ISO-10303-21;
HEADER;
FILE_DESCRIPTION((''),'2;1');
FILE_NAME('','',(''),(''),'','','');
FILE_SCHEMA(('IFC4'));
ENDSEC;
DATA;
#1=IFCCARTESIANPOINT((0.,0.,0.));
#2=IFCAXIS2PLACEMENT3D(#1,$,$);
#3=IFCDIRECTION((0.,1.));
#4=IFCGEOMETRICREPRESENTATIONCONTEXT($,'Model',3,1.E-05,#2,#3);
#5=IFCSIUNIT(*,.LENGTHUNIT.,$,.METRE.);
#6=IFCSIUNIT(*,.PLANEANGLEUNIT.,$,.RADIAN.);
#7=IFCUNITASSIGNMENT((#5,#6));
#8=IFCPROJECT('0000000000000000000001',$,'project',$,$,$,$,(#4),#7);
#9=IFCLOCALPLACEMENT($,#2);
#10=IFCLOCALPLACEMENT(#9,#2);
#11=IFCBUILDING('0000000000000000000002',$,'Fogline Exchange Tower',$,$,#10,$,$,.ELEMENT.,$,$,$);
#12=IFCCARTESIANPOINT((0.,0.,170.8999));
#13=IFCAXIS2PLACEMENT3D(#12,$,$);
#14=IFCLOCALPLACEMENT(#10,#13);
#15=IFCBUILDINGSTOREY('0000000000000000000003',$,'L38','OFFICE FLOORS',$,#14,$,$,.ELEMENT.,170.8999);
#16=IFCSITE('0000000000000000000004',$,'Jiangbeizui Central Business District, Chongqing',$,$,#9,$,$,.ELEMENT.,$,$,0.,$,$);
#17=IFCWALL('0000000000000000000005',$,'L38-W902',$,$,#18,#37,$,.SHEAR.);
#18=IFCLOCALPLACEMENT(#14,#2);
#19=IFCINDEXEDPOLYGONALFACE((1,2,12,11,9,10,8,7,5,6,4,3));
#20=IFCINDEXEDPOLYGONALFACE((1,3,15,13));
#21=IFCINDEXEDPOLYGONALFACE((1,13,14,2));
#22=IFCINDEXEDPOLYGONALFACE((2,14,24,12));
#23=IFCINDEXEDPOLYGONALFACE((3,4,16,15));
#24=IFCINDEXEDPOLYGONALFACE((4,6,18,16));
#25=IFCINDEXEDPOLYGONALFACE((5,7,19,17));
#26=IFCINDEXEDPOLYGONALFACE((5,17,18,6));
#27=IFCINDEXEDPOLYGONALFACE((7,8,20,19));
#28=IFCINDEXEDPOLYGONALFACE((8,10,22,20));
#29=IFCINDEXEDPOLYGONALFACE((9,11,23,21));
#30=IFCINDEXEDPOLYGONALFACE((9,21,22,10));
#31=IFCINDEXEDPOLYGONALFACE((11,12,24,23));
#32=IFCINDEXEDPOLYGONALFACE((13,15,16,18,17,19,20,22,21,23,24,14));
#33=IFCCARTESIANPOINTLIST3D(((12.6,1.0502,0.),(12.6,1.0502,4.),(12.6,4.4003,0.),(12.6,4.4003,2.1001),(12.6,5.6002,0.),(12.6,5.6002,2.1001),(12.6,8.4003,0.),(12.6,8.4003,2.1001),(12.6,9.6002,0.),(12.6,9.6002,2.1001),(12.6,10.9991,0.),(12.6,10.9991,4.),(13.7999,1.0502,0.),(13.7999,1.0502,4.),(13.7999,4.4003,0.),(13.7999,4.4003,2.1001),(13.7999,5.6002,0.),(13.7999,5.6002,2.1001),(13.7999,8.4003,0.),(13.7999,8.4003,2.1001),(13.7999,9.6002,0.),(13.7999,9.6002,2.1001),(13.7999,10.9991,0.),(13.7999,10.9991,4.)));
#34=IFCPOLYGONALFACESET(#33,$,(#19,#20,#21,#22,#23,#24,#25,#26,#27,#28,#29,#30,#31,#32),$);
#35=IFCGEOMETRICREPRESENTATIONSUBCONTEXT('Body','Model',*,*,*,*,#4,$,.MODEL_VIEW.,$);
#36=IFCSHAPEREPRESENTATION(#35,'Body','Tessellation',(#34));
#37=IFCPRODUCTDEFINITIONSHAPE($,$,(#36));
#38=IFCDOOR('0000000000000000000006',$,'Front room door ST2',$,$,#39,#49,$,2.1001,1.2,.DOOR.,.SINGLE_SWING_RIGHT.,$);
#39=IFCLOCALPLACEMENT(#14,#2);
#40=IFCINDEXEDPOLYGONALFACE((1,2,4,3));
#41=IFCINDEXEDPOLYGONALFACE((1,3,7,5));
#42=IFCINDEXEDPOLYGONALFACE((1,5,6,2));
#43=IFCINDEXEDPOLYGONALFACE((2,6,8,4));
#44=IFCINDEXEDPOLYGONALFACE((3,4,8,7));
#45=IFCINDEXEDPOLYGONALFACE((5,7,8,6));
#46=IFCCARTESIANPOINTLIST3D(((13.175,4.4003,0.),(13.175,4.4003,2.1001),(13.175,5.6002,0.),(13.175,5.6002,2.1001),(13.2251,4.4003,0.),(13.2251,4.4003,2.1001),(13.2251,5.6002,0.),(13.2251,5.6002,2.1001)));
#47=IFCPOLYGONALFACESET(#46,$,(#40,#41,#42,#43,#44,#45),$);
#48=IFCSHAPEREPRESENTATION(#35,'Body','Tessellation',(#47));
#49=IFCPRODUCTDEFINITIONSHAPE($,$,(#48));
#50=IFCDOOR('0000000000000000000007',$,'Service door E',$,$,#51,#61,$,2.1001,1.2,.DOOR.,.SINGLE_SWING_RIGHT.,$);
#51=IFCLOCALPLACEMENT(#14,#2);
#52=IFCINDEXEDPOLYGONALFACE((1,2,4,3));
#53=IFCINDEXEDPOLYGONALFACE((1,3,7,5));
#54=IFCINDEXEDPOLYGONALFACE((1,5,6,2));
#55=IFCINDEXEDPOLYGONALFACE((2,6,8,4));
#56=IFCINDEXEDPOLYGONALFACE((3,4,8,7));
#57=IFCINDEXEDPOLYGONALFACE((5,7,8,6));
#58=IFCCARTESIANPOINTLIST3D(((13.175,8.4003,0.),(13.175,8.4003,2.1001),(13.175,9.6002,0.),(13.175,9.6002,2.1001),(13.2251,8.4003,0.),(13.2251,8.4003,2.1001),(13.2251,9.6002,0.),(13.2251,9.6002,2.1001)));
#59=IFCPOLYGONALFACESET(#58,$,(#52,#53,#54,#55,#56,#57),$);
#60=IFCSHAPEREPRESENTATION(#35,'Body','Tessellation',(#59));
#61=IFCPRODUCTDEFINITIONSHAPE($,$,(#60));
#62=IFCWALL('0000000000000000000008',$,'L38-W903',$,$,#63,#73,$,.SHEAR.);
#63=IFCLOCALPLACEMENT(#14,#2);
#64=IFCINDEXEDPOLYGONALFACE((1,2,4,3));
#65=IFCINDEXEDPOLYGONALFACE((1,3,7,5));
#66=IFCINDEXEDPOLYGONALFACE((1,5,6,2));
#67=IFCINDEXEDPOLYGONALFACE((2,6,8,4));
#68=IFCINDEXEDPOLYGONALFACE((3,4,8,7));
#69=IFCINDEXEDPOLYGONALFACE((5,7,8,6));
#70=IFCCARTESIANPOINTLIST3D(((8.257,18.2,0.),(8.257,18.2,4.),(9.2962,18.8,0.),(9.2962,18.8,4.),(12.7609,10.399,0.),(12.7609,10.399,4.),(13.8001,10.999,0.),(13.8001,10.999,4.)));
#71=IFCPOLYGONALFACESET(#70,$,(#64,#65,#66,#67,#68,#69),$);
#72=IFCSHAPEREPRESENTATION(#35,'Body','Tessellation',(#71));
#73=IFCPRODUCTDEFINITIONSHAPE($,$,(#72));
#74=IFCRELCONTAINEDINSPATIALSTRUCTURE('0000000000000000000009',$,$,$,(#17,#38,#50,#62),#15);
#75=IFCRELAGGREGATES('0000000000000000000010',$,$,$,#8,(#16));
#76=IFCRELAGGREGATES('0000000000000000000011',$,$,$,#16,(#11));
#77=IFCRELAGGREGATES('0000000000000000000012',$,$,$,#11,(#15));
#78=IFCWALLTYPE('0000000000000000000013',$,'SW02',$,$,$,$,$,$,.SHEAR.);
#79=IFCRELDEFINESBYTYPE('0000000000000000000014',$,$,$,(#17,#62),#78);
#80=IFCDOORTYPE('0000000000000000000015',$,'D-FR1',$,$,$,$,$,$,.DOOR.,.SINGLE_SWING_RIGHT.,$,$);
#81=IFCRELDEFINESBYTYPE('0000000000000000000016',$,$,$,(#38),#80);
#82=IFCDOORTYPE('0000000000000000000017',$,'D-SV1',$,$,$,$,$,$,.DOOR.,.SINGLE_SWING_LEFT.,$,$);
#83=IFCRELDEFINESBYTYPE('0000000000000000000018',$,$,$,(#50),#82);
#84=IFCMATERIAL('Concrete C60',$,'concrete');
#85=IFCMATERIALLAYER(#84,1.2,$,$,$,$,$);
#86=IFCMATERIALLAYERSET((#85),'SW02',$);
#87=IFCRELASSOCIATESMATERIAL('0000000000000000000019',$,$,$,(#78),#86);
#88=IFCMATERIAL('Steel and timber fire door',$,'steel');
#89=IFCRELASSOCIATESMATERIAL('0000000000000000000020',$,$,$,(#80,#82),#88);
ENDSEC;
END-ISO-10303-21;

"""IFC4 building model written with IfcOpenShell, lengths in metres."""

from ifc_helpers import new_model, si_unit, direction, frame, frame_2d, origin, place, context, subcontext, project, spatial, rectangle, extrude, material, layer, layer_set, type_object, element, fill, save


model = new_model("IFC4")

# Units and contexts
model_context = context("Model", 3, precision=1e-05, world=origin(), true_north=direction((0.0, 1.0)))
body_context = subcontext(model_context, "Body", "Model", "MODEL_VIEW")
ifc_project = project(units=[si_unit("LENGTHUNIT", "METRE"), si_unit("PLANEANGLEUNIT", "RADIAN")], contexts=[model_context])

# Site, building, storey
site_placement = place(None, origin())
site = spatial("IfcSite", under=ifc_project, at=site_placement, Name="Jiangbeizui Central Business District, Chongqing", CompositionType="ELEMENT", RefElevation=0.0)
building_placement = place(site_placement, origin())
building = spatial("IfcBuilding", under=site, at=building_placement, Name="Fogline Exchange Tower", CompositionType="ELEMENT")
storey_placement = place(building_placement, frame((0.0, 0.0, 170.8999)))
storey = spatial("IfcBuildingStorey", under=building, at=storey_placement, Name="L38", Description="OFFICE FLOORS", CompositionType="ELEMENT", Elevation=170.8999)

# Shared definitions
ifc_material_1 = material(Name="Steel and timber fire door", Category="steel")

# Wall, openings, doors
ifc_material_2 = material(Name="Concrete C60", Category="concrete")
ifc_layer_1 = layer(ifc_material_2, 1.2)
ifc_layer_set_1 = layer_set([ifc_layer_1], Name="SW02")
wall_type_1 = type_object("IfcWallType", Name="SW02", PredefinedType="SHEAR", material=ifc_layer_set_1)
wall_1_placement = place(storey_placement, frame((13.2, 1.05, 0.0), z_axis=(0.0, 0.0, 1.0), x_axis=(0.0, 1.0, 0.0)))
wall_1 = element("IfcWall", 1, at=wall_1_placement, inside=storey, type_object=wall_type_1, Name="L38-W902", PredefinedType="SHEAR", context=body_context, shape_type="SweptSolid", body=[
    extrude(rectangle(XDim=9.949, YDim=1.2, at=frame_2d((4.9746, 0.0))), origin(), (0.0, 0.0, 1.0), 4.0),
])
opening_1_placement = place(wall_1_placement, frame((3.3501, 0.0, 0.0)))
opening_1 = element("IfcOpeningElement", 2, at=opening_1_placement, cuts=wall_1, PredefinedType="OPENING", context=body_context, shape_type="SweptSolid", body=[
    extrude(rectangle(XDim=1.2, YDim=2.1001, at=frame_2d((0.6001, 1.05))), frame((0.0, 0.6099, 0.0), z_axis=(0.0, -1.0, 0.0), x_axis=(1.0, 0.0, 0.0)), (0.0, 0.0, 1.0), 1.22),
])
opening_2_placement = place(wall_1_placement, frame((7.3501, 0.0, 0.0)))
opening_2 = element("IfcOpeningElement", 3, at=opening_2_placement, cuts=wall_1, PredefinedType="OPENING", context=body_context, shape_type="SweptSolid", body=[
    extrude(rectangle(XDim=1.2, YDim=2.1001, at=frame_2d((0.6001, 1.05))), frame((0.0, 0.6099, 0.0), z_axis=(0.0, -1.0, 0.0), x_axis=(1.0, 0.0, 0.0)), (0.0, 0.0, 1.0), 1.22),
])
door_type_1 = type_object("IfcDoorType", Name="D-FR1", OperationType="SINGLE_SWING_RIGHT", PredefinedType="DOOR", material=ifc_material_1)
door_1_placement = place(opening_1_placement, origin())
door_1 = element("IfcDoor", 4, at=door_1_placement, inside=storey, type_object=door_type_1, Name="Front room door ST2", OperationType="SINGLE_SWING_RIGHT", OverallHeight=2.1001, OverallWidth=1.2, PredefinedType="DOOR", context=body_context, shape_type="SweptSolid", body=[
    extrude(rectangle(XDim=1.2, YDim=2.1001, at=frame_2d((0.6001, 1.05))), frame((0.0, 0.0249, 0.0), z_axis=(0.0, -1.0, 0.0), x_axis=(1.0, 0.0, 0.0)), (0.0, 0.0, 1.0), 0.05),
])
fill(opening_1, door_1)
door_type_2 = type_object("IfcDoorType", Name="D-SV1", OperationType="SINGLE_SWING_LEFT", PredefinedType="DOOR", material=ifc_material_1)
door_2_placement = place(opening_2_placement, origin())
door_2 = element("IfcDoor", 5, at=door_2_placement, inside=storey, type_object=door_type_2, Name="Service door E", OperationType="SINGLE_SWING_RIGHT", OverallHeight=2.1001, OverallWidth=1.2, PredefinedType="DOOR", context=body_context, shape_type="SweptSolid", body=[
    extrude(rectangle(XDim=1.2, YDim=2.1001, at=frame_2d((0.6001, 1.05))), frame((0.0, 0.0249, 0.0), z_axis=(0.0, -1.0, 0.0), x_axis=(1.0, 0.0, 0.0)), (0.0, 0.0, 1.0), 0.05),
])
fill(opening_2, door_2)

# Wall
wall_2_placement = place(storey_placement, frame((13.2805, 10.699, 0.0), z_axis=(0.0, 0.0, 1.0), x_axis=(-0.499999, 0.866026, 0.0)))
element("IfcWall", 6, at=wall_2_placement, inside=storey, type_object=wall_type_1, Name="L38-W903", PredefinedType="SHEAR", context=body_context, shape_type="SweptSolid", body=[
    extrude(rectangle(XDim=9.0078, YDim=1.2, at=frame_2d((4.5039, 0.0))), origin(), (0.0, 0.0, 1.0), 4.0),
])

save(model, "model.ifc")
